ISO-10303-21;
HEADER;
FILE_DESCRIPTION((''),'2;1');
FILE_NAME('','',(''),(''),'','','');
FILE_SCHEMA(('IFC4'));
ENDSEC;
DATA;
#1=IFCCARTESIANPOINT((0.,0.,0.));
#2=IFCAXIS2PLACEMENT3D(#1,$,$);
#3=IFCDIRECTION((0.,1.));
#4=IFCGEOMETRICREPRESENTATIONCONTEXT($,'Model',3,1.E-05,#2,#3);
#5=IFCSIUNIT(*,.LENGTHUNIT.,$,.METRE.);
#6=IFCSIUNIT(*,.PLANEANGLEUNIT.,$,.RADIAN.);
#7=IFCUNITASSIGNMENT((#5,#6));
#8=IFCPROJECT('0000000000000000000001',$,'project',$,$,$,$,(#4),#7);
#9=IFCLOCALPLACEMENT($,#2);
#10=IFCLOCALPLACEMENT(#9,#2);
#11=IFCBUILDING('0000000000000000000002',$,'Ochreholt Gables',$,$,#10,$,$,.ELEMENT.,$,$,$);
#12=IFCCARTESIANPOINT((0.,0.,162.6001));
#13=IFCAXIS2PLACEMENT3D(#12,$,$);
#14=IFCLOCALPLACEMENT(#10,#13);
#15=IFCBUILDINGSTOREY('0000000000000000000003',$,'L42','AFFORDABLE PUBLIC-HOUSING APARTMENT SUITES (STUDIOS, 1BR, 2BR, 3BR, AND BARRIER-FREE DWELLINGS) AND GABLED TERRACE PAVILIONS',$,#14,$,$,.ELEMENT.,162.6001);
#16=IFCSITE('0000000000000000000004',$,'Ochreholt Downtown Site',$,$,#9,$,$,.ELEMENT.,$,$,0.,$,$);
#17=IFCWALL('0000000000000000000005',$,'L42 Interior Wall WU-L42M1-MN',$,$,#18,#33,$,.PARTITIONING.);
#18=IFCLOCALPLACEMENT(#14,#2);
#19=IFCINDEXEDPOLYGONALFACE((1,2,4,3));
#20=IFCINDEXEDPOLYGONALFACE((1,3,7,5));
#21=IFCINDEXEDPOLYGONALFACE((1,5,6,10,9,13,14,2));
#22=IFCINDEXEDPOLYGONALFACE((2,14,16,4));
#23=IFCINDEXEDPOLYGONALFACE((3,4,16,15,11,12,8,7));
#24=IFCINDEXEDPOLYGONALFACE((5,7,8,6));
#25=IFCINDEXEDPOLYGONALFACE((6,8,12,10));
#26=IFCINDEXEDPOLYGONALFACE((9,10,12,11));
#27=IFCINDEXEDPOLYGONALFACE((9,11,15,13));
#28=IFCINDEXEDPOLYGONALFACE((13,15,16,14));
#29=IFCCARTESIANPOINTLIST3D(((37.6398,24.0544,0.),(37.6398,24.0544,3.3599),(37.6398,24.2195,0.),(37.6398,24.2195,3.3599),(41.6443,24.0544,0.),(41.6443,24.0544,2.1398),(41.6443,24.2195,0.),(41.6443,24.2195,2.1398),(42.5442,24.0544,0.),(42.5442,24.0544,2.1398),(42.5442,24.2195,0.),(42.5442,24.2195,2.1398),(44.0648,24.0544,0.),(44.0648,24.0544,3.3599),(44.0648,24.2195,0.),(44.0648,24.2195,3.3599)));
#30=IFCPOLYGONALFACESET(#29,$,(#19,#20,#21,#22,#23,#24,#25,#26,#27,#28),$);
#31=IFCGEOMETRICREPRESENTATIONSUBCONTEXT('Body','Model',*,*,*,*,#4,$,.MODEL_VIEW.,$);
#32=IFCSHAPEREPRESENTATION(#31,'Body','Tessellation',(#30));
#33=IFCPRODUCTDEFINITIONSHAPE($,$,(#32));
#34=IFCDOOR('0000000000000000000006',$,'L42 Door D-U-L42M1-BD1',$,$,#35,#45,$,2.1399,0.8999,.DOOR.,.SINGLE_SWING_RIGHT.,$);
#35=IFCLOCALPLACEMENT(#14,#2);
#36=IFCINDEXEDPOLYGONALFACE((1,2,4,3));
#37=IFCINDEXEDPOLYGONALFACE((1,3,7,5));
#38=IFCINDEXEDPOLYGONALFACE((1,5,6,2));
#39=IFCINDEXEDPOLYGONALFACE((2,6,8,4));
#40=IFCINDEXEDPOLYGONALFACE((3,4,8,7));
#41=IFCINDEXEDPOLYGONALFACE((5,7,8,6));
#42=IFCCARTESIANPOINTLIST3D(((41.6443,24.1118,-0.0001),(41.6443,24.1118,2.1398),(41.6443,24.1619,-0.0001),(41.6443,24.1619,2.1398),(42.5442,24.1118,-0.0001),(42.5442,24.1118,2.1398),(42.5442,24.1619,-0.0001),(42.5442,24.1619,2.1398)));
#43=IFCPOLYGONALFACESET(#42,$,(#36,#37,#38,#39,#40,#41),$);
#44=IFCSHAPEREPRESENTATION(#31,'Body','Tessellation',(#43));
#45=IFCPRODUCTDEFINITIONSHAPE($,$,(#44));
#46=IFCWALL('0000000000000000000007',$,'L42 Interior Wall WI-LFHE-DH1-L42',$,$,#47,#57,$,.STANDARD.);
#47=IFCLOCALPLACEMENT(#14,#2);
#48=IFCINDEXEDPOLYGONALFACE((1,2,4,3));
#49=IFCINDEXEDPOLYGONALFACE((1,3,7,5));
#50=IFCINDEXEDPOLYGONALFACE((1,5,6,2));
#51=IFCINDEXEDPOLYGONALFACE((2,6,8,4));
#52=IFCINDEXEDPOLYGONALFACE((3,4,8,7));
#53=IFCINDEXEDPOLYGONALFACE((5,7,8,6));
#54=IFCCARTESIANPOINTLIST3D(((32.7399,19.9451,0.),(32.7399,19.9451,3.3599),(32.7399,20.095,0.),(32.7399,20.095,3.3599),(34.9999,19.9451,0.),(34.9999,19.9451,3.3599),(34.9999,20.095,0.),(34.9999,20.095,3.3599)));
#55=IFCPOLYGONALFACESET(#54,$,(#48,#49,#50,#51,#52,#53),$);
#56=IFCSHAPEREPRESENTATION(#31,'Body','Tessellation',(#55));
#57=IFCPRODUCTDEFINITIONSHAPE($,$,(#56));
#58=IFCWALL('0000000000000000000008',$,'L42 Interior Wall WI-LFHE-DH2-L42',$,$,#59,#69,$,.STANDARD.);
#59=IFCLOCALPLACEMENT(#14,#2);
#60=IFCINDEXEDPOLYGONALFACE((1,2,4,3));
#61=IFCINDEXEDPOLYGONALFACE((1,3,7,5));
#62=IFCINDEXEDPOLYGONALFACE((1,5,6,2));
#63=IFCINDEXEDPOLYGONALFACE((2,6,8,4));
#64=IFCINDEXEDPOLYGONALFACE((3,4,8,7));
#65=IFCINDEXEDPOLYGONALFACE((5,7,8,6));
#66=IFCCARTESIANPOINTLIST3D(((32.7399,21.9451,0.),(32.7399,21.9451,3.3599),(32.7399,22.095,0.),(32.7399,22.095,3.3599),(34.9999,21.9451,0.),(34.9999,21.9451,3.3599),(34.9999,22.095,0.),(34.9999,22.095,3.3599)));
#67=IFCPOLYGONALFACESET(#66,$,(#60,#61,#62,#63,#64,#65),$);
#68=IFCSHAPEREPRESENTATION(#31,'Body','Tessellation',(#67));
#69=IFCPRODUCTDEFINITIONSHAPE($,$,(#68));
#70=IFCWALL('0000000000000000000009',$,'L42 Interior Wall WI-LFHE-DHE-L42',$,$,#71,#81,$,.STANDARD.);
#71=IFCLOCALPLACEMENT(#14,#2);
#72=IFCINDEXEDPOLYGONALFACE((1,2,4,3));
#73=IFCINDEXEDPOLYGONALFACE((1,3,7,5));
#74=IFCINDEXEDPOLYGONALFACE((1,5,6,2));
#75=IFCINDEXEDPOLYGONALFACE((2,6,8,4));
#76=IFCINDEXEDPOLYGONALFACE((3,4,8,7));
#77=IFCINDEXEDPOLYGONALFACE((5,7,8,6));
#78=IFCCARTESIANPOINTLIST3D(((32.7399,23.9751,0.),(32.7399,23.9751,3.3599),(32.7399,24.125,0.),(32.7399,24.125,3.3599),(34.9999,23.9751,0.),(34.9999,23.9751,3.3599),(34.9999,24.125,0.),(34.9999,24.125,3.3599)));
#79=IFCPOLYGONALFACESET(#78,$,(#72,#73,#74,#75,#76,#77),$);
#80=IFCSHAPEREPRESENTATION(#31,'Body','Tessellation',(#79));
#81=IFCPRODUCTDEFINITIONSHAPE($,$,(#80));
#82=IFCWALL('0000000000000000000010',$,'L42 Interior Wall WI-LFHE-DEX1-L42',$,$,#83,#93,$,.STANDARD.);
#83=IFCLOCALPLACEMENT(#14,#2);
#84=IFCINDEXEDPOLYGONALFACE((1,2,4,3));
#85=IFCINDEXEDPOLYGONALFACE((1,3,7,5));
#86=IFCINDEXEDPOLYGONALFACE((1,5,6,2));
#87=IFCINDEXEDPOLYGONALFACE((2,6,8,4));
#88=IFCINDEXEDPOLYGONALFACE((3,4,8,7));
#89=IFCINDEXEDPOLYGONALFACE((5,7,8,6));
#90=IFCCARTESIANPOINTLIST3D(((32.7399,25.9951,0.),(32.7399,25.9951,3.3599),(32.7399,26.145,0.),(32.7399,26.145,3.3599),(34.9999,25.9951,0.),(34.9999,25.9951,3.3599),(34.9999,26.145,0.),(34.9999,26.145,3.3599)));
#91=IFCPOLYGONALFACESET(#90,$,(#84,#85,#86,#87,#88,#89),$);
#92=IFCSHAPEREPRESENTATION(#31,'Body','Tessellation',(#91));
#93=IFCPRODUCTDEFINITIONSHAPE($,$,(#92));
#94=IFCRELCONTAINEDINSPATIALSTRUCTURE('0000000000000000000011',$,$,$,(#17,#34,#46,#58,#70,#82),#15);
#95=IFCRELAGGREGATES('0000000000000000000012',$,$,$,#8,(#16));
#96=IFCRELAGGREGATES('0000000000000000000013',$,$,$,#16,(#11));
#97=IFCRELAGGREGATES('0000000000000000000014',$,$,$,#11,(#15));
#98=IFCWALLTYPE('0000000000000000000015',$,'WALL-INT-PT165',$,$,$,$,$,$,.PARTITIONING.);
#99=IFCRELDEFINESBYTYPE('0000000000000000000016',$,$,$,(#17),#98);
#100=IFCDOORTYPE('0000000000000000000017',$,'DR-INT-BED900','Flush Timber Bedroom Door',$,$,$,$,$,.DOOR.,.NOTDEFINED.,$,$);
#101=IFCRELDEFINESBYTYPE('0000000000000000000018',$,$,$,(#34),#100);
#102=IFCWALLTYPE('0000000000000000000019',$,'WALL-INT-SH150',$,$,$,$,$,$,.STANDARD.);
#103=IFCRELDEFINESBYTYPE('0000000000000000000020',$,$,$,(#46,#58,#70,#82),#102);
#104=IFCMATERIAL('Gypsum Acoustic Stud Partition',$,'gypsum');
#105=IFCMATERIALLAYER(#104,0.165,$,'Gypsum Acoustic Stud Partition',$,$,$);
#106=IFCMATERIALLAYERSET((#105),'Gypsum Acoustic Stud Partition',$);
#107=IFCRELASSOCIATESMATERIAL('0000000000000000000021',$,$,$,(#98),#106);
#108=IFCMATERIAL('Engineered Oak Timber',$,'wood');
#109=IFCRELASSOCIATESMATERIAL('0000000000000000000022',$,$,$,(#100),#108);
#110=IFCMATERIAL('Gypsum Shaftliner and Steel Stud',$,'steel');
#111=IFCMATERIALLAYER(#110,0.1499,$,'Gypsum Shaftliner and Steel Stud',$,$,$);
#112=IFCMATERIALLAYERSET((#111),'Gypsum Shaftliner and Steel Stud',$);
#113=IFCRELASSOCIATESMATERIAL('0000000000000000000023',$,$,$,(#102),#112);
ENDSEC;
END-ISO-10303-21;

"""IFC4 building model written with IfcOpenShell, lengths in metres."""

from ifc_helpers import new_model, si_unit, direction, frame, frame_2d, origin, place, context, subcontext, project, spatial, rectangle, extrude, material, layer, layer_set, type_object, element, fill, save


model = new_model("IFC4")

# Units and contexts
model_context = context("Model", 3, precision=1e-05, world=origin(), true_north=direction((0.0, 1.0)))
body_context = subcontext(model_context, "Body", "Model", "MODEL_VIEW")
ifc_project = project(units=[si_unit("LENGTHUNIT", "METRE"), si_unit("PLANEANGLEUNIT", "RADIAN")], contexts=[model_context])

# Site, building, storey
site_placement = place(None, origin())
site = spatial("IfcSite", under=ifc_project, at=site_placement, Name="Ochreholt Downtown Site", CompositionType="ELEMENT", RefElevation=0.0)
building_placement = place(site_placement, origin())
building = spatial("IfcBuilding", under=site, at=building_placement, Name="Ochreholt Gables", CompositionType="ELEMENT")
storey_placement = place(building_placement, frame((0.0, 0.0, 162.6001)))
storey = spatial("IfcBuildingStorey", under=building, at=storey_placement, Name="L42", Description="AFFORDABLE PUBLIC-HOUSING APARTMENT SUITES (STUDIOS, 1BR, 2BR, 3BR, AND BARRIER-FREE DWELLINGS) AND GABLED TERRACE PAVILIONS", CompositionType="ELEMENT", Elevation=162.6001)

# Shared definitions
ifc_material_1 = material(Name="Engineered Oak Timber", Category="wood")

# Wall, opening, door
ifc_material_2 = material(Name="Gypsum Acoustic Stud Partition", Category="gypsum")
ifc_layer_1 = layer(ifc_material_2, 0.165, Name="Gypsum Acoustic Stud Partition")
ifc_layer_set_1 = layer_set([ifc_layer_1], Name="Gypsum Acoustic Stud Partition")
wall_type_1 = type_object("IfcWallType", Name="WALL-INT-PT165", PredefinedType="PARTITIONING", material=ifc_layer_set_1)
wall_1_placement = place(storey_placement, frame((37.6399, 24.137, 0.0), z_axis=(0.0, 0.0, 1.0), x_axis=(1.0, 0.0, 0.0)))
wall_1 = element("IfcWall", 1, at=wall_1_placement, inside=storey, type_object=wall_type_1, Name="L42 Interior Wall WU-L42M1-MN", PredefinedType="PARTITIONING", context=body_context, shape_type="SweptSolid", body=[
    extrude(rectangle(XDim=6.425, YDim=0.165, at=frame_2d((3.2124, 0.0))), origin(), (0.0, 0.0, 1.0), 3.3599),
])
opening_1_placement = place(wall_1_placement, frame((4.0044, 0.0, 0.0)))
opening_1 = element("IfcOpeningElement", 2, at=opening_1_placement, cuts=wall_1, PredefinedType="OPENING", context=body_context, shape_type="SweptSolid", body=[
    extrude(rectangle(XDim=0.8999, YDim=2.1399, at=frame_2d((0.45, 1.0698))), frame((0.0, 0.0925, 0.0), z_axis=(0.0, -1.0, 0.0), x_axis=(1.0, 0.0, 0.0)), (0.0, 0.0, 1.0), 0.1851),
])
door_type_1 = type_object("IfcDoorType", Name="DR-INT-BED900", Description="Flush Timber Bedroom Door", OperationType="NOTDEFINED", PredefinedType="DOOR", material=ifc_material_1)
door_1_placement = place(opening_1_placement, origin())
door_1 = element("IfcDoor", 3, at=door_1_placement, inside=storey, type_object=door_type_1, Name="L42 Door D-U-L42M1-BD1", OperationType="SINGLE_SWING_RIGHT", OverallHeight=2.1399, OverallWidth=0.8999, PredefinedType="DOOR", context=body_context, shape_type="SweptSolid", body=[
    extrude(rectangle(XDim=0.8999, YDim=2.1399, at=frame_2d((0.45, 1.0698))), frame((0.0, 0.0249, 0.0), z_axis=(0.0, -1.0, 0.0), x_axis=(1.0, 0.0, 0.0)), (0.0, 0.0, 1.0), 0.05),
])
fill(opening_1, door_1)

# Walls
ifc_material_3 = material(Name="Gypsum Shaftliner and Steel Stud", Category="steel")
ifc_layer_2 = layer(ifc_material_3, 0.1499, Name="Gypsum Shaftliner and Steel Stud")
ifc_layer_set_2 = layer_set([ifc_layer_2], Name="Gypsum Shaftliner and Steel Stud")
wall_type_2 = type_object("IfcWallType", Name="WALL-INT-SH150", PredefinedType="STANDARD", material=ifc_layer_set_2)
for number, where, z_axis, x_axis, name in (
    (4, (32.74, 20.02, 0.0), (0.0, 0.0, 1.0), (1.0, 0.0, 0.0), "L42 Interior Wall WI-LFHE-DH1-L42"),
    (5, (32.74, 22.02, 0.0), (0.0, 0.0, 1.0), (1.0, 0.0, 0.0), "L42 Interior Wall WI-LFHE-DH2-L42"),
    (6, (32.74, 24.05, 0.0), (0.0, 0.0, 1.0), (1.0, 0.0, 0.0), "L42 Interior Wall WI-LFHE-DHE-L42"),
    (7, (32.74, 26.0701, 0.0), (0.0, 0.0, 1.0), (1.0, 0.0, 0.0), "L42 Interior Wall WI-LFHE-DEX1-L42"),
):
    element("IfcWall", number, at=place(storey_placement, frame(where, z_axis=z_axis, x_axis=x_axis)), inside=storey, type_object=wall_type_2, Name=name, PredefinedType="STANDARD", context=body_context, shape_type="SweptSolid", body=[
        extrude(rectangle(XDim=2.26, YDim=0.1499, at=frame_2d((1.1299, 0.0))), origin(), (0.0, 0.0, 1.0), 3.3599),
    ])

save(model, "model.ifc")
